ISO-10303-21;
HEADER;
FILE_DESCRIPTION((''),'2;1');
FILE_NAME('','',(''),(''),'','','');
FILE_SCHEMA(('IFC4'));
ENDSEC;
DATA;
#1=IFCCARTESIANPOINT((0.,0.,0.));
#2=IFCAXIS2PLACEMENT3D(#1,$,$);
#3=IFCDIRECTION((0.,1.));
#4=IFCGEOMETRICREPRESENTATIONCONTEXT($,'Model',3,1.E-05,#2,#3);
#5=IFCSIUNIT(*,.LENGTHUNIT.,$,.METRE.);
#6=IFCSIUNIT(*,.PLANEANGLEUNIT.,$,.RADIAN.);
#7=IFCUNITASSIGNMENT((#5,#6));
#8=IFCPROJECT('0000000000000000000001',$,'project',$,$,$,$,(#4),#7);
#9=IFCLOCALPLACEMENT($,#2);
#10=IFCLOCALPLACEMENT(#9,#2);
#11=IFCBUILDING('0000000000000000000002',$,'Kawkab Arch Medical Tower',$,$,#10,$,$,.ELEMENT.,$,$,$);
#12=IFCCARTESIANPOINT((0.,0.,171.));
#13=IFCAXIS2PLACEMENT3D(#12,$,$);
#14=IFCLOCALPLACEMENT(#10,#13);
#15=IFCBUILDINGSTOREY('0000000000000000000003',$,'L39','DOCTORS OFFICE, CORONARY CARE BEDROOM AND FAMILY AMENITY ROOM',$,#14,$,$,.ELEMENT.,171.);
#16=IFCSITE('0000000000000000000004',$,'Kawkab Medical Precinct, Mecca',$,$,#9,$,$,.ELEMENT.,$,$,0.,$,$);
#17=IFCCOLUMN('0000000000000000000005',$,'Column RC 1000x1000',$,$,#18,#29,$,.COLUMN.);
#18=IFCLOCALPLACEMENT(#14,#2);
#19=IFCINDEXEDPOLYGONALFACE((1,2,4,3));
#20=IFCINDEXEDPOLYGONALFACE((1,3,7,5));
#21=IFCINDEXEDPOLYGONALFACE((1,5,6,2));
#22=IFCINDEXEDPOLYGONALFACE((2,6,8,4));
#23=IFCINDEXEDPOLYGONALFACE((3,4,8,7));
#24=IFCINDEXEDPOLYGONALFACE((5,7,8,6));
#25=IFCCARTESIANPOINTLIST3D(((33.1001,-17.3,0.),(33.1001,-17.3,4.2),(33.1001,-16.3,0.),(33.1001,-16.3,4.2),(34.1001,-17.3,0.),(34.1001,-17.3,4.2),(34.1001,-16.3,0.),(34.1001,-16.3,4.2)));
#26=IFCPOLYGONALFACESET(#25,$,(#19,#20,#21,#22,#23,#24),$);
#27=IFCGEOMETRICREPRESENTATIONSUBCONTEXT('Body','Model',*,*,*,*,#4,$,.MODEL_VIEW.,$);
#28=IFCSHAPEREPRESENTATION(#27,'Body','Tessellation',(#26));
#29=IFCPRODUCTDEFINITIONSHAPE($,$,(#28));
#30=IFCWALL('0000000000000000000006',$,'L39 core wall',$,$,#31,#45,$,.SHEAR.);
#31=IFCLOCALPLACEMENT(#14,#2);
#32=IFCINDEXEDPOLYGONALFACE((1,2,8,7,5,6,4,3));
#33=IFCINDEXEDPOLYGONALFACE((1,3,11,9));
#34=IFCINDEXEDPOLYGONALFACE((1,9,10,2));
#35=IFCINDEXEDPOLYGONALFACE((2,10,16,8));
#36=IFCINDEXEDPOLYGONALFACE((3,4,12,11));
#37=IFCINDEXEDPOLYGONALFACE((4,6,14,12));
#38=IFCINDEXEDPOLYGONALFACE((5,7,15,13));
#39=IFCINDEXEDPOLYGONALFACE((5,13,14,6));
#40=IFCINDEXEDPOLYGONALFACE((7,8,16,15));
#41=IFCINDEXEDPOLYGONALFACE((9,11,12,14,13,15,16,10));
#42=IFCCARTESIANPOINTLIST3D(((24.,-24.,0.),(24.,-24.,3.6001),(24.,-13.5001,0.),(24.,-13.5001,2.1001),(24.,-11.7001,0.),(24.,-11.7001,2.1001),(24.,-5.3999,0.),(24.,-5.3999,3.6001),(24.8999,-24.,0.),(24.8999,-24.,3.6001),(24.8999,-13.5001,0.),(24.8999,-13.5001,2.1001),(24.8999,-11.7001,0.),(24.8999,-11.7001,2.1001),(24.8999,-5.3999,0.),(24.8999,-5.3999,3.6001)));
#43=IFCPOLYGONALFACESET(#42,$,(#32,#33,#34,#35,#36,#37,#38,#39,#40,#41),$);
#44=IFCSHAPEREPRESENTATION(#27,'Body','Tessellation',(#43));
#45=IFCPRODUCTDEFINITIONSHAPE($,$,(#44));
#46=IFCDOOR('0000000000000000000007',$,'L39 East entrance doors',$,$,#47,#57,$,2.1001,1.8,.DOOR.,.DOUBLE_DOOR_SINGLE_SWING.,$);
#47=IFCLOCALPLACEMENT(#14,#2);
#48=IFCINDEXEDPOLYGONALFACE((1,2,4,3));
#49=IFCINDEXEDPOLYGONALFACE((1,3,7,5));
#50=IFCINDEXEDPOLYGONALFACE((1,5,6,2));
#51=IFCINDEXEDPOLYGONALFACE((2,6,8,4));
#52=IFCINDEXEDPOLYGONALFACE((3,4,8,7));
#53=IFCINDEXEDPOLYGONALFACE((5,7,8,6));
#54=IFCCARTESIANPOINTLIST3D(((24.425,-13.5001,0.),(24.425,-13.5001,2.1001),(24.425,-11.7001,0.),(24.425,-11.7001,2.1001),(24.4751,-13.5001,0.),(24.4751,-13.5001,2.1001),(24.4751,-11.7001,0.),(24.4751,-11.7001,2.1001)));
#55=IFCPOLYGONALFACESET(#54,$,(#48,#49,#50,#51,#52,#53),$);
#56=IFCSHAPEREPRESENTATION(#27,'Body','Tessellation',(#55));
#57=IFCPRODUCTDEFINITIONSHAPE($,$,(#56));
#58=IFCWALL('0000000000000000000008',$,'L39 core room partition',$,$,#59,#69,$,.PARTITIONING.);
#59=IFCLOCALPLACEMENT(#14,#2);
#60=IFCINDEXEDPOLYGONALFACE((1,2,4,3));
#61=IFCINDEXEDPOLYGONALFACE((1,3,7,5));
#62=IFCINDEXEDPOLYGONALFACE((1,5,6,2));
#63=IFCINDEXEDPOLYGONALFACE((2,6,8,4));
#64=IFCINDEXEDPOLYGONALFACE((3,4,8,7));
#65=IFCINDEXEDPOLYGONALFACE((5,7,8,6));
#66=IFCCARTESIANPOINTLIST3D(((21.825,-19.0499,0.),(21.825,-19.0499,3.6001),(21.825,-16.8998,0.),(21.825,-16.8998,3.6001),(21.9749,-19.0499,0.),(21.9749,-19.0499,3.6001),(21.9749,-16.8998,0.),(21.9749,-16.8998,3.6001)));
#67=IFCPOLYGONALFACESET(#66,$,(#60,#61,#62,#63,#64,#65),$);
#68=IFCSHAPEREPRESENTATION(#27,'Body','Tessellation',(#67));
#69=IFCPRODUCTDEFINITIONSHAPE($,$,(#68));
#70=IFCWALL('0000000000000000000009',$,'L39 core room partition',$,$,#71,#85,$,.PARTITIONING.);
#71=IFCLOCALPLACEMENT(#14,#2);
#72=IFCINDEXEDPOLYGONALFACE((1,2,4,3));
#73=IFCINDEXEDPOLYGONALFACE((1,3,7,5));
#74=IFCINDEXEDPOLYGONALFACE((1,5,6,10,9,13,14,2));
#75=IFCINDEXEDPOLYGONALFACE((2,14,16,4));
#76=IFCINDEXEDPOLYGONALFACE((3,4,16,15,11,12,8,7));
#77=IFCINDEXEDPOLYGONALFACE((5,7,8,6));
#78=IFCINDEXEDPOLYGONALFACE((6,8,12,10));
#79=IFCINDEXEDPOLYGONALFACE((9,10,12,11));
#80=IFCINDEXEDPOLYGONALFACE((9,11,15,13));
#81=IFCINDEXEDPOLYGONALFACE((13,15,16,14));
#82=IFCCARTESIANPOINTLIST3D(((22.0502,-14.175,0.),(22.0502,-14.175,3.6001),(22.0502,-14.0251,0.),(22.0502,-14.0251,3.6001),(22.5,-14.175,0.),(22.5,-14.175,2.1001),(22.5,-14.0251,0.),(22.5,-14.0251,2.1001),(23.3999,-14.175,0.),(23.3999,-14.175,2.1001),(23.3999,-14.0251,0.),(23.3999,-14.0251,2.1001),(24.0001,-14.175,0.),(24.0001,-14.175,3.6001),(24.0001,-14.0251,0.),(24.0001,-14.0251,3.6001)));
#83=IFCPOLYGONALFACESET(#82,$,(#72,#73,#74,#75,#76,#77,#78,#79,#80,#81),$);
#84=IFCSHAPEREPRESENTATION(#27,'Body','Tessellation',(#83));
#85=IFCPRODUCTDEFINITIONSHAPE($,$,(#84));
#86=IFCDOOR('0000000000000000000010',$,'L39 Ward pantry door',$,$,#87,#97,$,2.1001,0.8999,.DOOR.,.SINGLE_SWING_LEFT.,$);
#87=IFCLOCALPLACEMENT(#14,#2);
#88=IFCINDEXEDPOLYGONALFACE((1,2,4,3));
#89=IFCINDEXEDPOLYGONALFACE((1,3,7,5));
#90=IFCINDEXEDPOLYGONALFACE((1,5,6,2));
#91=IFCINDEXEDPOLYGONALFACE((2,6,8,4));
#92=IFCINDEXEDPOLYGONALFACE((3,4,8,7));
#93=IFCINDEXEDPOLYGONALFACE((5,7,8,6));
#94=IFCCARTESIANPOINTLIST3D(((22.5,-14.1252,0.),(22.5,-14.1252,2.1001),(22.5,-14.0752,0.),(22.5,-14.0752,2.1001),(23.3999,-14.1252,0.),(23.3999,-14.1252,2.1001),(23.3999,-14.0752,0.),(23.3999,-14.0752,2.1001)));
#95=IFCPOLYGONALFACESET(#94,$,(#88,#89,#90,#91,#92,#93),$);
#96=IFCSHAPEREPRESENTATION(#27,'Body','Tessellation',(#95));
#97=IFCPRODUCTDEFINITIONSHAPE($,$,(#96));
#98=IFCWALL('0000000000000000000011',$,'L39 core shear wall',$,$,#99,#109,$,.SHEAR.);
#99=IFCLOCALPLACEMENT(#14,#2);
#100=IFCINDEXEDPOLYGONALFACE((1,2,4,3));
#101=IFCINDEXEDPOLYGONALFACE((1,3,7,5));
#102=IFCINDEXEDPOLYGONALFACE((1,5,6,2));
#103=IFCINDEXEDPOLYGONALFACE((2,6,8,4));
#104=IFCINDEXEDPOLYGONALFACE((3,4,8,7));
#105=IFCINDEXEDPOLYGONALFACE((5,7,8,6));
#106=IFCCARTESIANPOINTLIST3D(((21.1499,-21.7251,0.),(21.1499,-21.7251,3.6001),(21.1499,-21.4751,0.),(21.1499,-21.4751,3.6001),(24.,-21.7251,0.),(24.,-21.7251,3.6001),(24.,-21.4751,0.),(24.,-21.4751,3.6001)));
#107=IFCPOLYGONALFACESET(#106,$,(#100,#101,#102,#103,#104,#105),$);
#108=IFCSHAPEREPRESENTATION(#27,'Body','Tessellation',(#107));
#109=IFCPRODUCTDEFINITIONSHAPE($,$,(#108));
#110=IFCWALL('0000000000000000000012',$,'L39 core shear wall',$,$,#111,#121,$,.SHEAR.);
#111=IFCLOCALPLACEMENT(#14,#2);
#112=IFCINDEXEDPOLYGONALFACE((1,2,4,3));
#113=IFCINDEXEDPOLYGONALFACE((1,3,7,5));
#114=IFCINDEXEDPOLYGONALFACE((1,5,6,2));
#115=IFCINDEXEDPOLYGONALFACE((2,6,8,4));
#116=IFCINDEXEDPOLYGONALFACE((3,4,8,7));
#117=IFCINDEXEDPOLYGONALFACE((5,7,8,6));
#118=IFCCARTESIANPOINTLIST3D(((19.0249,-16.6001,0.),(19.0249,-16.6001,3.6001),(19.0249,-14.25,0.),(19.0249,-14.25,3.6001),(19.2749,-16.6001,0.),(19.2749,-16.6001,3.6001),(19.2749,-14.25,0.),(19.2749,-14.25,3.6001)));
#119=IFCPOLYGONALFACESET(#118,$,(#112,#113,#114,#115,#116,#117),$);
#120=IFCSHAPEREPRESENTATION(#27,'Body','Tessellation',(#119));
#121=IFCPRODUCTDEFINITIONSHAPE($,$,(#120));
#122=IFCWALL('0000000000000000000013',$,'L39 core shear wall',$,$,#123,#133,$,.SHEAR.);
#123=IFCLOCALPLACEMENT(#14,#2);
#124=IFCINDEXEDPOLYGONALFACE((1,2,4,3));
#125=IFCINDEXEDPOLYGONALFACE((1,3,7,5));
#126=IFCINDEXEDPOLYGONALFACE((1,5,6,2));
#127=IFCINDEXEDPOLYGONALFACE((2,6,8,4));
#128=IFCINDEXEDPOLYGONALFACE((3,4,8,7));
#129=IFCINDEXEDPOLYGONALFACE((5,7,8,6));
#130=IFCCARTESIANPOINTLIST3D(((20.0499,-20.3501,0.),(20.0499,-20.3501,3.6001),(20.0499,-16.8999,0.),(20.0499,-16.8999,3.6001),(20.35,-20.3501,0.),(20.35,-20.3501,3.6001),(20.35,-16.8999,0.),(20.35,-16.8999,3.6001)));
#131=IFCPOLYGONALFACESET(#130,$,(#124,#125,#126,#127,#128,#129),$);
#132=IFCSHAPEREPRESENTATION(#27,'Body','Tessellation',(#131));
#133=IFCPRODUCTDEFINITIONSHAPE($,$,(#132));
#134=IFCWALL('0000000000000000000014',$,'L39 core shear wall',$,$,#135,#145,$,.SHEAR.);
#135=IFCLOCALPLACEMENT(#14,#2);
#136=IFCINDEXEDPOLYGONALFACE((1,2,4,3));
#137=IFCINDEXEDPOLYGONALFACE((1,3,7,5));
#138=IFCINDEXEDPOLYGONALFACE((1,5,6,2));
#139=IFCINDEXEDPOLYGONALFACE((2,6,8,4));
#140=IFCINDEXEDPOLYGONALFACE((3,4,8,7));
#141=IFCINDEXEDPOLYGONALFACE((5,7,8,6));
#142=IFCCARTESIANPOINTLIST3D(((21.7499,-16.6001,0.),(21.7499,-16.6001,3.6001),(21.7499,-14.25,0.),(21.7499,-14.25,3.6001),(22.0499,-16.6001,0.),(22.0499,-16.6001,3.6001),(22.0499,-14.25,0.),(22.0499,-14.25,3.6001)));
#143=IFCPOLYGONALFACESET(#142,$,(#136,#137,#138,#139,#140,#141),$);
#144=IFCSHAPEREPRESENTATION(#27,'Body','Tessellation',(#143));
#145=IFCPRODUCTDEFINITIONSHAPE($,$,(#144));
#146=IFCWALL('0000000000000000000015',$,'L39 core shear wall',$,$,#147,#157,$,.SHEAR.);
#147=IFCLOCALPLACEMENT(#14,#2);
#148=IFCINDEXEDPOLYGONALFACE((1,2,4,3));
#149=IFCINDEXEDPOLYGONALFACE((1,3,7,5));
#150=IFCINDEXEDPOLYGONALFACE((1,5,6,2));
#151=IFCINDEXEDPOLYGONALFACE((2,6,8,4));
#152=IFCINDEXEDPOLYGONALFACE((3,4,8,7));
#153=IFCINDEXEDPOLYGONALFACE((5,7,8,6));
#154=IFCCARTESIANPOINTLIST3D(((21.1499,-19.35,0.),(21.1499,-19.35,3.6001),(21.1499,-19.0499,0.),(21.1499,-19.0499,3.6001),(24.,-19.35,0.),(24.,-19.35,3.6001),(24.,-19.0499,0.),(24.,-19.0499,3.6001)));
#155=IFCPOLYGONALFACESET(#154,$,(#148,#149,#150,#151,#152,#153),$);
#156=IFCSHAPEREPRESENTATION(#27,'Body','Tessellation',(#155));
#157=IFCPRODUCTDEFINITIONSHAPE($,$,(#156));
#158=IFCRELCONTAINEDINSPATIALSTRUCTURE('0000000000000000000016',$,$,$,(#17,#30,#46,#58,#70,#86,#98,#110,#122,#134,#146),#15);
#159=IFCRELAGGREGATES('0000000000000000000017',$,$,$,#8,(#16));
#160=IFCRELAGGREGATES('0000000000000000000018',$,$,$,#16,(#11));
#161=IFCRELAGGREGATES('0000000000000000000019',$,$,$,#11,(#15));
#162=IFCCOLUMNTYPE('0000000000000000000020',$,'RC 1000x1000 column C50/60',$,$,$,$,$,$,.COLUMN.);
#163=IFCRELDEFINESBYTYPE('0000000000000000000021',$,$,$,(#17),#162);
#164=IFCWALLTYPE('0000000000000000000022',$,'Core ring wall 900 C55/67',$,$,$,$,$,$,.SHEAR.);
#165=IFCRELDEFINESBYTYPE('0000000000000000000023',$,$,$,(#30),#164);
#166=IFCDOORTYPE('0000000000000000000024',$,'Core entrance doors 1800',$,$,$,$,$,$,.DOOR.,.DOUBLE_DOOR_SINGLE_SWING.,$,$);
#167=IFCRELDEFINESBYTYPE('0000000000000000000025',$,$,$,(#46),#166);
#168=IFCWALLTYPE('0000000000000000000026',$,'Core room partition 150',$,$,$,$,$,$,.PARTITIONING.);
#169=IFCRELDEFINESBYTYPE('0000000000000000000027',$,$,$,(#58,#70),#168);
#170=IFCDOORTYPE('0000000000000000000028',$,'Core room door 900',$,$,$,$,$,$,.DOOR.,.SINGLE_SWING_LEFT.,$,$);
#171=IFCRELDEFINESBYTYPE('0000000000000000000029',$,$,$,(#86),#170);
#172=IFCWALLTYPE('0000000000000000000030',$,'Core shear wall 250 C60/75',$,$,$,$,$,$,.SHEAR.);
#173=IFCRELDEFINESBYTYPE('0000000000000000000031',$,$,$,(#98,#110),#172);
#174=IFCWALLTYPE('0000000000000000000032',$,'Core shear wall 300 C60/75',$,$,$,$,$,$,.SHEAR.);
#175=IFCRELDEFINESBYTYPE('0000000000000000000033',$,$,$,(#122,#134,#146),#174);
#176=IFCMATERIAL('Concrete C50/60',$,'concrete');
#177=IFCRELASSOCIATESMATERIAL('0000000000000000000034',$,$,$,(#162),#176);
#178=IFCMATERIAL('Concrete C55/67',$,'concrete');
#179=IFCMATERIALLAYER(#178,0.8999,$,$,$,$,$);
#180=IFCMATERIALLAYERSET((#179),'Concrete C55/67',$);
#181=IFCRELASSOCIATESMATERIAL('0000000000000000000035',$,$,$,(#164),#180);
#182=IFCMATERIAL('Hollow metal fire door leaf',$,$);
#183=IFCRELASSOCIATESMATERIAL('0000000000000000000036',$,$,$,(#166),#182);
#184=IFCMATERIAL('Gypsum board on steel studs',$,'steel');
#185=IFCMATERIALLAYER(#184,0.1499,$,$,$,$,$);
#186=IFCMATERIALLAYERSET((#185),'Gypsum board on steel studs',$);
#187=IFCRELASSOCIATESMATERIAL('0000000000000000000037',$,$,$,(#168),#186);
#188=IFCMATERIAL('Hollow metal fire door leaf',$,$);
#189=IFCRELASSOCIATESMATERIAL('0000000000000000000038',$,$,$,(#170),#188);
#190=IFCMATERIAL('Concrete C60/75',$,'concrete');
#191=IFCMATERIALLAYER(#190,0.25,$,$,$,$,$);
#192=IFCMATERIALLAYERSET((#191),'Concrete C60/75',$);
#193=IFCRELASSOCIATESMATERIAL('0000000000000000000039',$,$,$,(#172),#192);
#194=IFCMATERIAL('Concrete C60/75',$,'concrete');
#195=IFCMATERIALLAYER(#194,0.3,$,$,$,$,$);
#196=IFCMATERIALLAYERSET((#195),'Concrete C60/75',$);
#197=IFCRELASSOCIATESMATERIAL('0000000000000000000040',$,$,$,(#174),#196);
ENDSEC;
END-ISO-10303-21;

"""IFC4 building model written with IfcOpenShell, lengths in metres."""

from ifc_helpers import new_model, si_unit, direction, frame, frame_2d, origin, origin_2d, place, context, subcontext, project, spatial, rectangle, extrude, material, layer, layer_set, material_profile, profile_set, type_object, element, fill, save


model = new_model("IFC4")

# Units and contexts
model_context = context("Model", 3, precision=1e-05, world=origin(), true_north=direction((0.0, 1.0)))
body_context = subcontext(model_context, "Body", "Model", "MODEL_VIEW")
ifc_project = project(units=[si_unit("LENGTHUNIT", "METRE"), si_unit("PLANEANGLEUNIT", "RADIAN")], contexts=[model_context])

# Site, building, storey
site_placement = place(None, origin())
site = spatial("IfcSite", under=ifc_project, at=site_placement, Name="Kawkab Medical Precinct, Mecca", CompositionType="ELEMENT", RefElevation=0.0)
building_placement = place(site_placement, origin())
building = spatial("IfcBuilding", under=site, at=building_placement, Name="Kawkab Arch Medical Tower", CompositionType="ELEMENT")
storey_placement = place(building_placement, frame((0.0, 0.0, 171.0)))
storey = spatial("IfcBuildingStorey", under=building, at=storey_placement, Name="L39", Description="DOCTORS OFFICE, CORONARY CARE BEDROOM AND FAMILY AMENITY ROOM", CompositionType="ELEMENT", Elevation=171.0)

# Column
ifc_material_1 = material(Name="Concrete C50/60", Category="concrete")
ifc_material_profile = material_profile(ifc_material_1, rectangle(XDim=1.0, YDim=1.0, at=origin_2d()), Name="RC 1000x1000")
ifc_profile_set = profile_set([ifc_material_profile], Name="Concrete C50/60")
column_type = type_object("IfcColumnType", Name="RC 1000x1000 column C50/60", PredefinedType="COLUMN", material=ifc_profile_set)
column_placement = place(storey_placement, frame((33.6001, -16.8, 0.0), z_axis=(0.0, 0.0, 1.0), x_axis=(1.0, 0.0, 0.0)))
element("IfcColumn", 1, at=column_placement, inside=storey, type_object=column_type, Name="Column RC 1000x1000", PredefinedType="COLUMN", context=body_context, shape_type="SweptSolid", body=[
    extrude(rectangle(XDim=1.0, YDim=1.0, at=origin_2d()), origin(), (0.0, 0.0, 1.0), 4.2),
])

# Wall, opening, door
ifc_material_2 = material(Name="Concrete C55/67", Category="concrete")
ifc_layer_1 = layer(ifc_material_2, 0.8999)
ifc_layer_set_1 = layer_set([ifc_layer_1], Name="Concrete C55/67")
wall_type_1 = type_object("IfcWallType", Name="Core ring wall 900 C55/67", PredefinedType="SHEAR", material=ifc_layer_set_1)
wall_1_placement = place(storey_placement, frame((24.45, -24.0, 0.0), z_axis=(0.0, 0.0, 1.0), x_axis=(0.0, 1.0, 0.0)))
wall_1 = element("IfcWall", 2, at=wall_1_placement, inside=storey, type_object=wall_type_1, Name="L39 core wall", PredefinedType="SHEAR", context=body_context, shape_type="SweptSolid", body=[
    extrude(rectangle(XDim=18.6001, YDim=0.8999, at=frame_2d((9.3, 0.0))), origin(), (0.0, 0.0, 1.0), 3.6001),
])
opening_1_placement = place(wall_1_placement, frame((10.5, 0.0, 0.0)))
opening_1 = element("IfcOpeningElement", 3, at=opening_1_placement, cuts=wall_1, PredefinedType="OPENING", context=body_context, shape_type="SweptSolid", body=[
    extrude(rectangle(XDim=1.8, YDim=2.1001, at=frame_2d((0.8999, 1.05))), frame((0.0, 0.46, 0.0), z_axis=(0.0, -1.0, 0.0), x_axis=(1.0, 0.0, 0.0)), (0.0, 0.0, 1.0), 0.9199),
])
ifc_material_3 = material(Name="Hollow metal fire door leaf")
door_type_1 = type_object("IfcDoorType", Name="Core entrance doors 1800", OperationType="DOUBLE_DOOR_SINGLE_SWING", PredefinedType="DOOR", material=ifc_material_3)
door_1_placement = place(opening_1_placement, origin())
door_1 = element("IfcDoor", 4, at=door_1_placement, inside=storey, type_object=door_type_1, Name="L39 East entrance doors", OperationType="DOUBLE_DOOR_SINGLE_SWING", OverallHeight=2.1001, OverallWidth=1.8, PredefinedType="DOOR", context=body_context, shape_type="SweptSolid", body=[
    extrude(rectangle(XDim=1.8, YDim=2.1001, at=frame_2d((0.8999, 1.05))), frame((0.0, 0.0249, 0.0), z_axis=(0.0, -1.0, 0.0), x_axis=(1.0, 0.0, 0.0)), (0.0, 0.0, 1.0), 0.05),
])
fill(opening_1, door_1)

# Wall
ifc_material_4 = material(Name="Gypsum board on steel studs", Category="steel")
ifc_layer_2 = layer(ifc_material_4, 0.1499)
ifc_layer_set_2 = layer_set([ifc_layer_2], Name="Gypsum board on steel studs")
wall_type_2 = type_object("IfcWallType", Name="Core room partition 150", PredefinedType="PARTITIONING", material=ifc_layer_set_2)
wall_2_placement = place(storey_placement, frame((21.8999, -19.05, 0.0), z_axis=(0.0, 0.0, 1.0), x_axis=(0.0, 1.0, 0.0)))
element("IfcWall", 5, at=wall_2_placement, inside=storey, type_object=wall_type_2, Name="L39 core room partition", PredefinedType="PARTITIONING", context=body_context, shape_type="SweptSolid", body=[
    extrude(rectangle(XDim=2.1501, YDim=0.1499, at=frame_2d((1.0752, 0.0))), origin(), (0.0, 0.0, 1.0), 3.6001),
])

# Wall, opening, door
wall_3_placement = place(storey_placement, frame((22.05, -14.1001, 0.0), z_axis=(0.0, 0.0, 1.0), x_axis=(1.0, 0.0, 0.0)))
wall_3 = element("IfcWall", 6, at=wall_3_placement, inside=storey, type_object=wall_type_2, Name="L39 core room partition", PredefinedType="PARTITIONING", context=body_context, shape_type="SweptSolid", body=[
    extrude(rectangle(XDim=1.95, YDim=0.1499, at=frame_2d((0.9751, 0.0))), origin(), (0.0, 0.0, 1.0), 3.6001),
])
opening_2_placement = place(wall_3_placement, frame((0.45, 0.0, 0.0)))
opening_2 = element("IfcOpeningElement", 7, at=opening_2_placement, cuts=wall_3, PredefinedType="OPENING", context=body_context, shape_type="SweptSolid", body=[
    extrude(rectangle(XDim=0.8999, YDim=2.1001, at=frame_2d((0.45, 1.05))), frame((0.0, 0.085, 0.0), z_axis=(0.0, -1.0, 0.0), x_axis=(1.0, 0.0, 0.0)), (0.0, 0.0, 1.0), 0.1699),
])
ifc_material_5 = material(Name="Hollow metal fire door leaf")
door_type_2 = type_object("IfcDoorType", Name="Core room door 900", OperationType="SINGLE_SWING_LEFT", PredefinedType="DOOR", material=ifc_material_5)
door_2_placement = place(opening_2_placement, origin())
door_2 = element("IfcDoor", 8, at=door_2_placement, inside=storey, type_object=door_type_2, Name="L39 Ward pantry door", OperationType="SINGLE_SWING_LEFT", OverallHeight=2.1001, OverallWidth=0.8999, PredefinedType="DOOR", context=body_context, shape_type="SweptSolid", body=[
    extrude(rectangle(XDim=0.8999, YDim=2.1001, at=frame_2d((0.45, 1.05))), frame((0.0, 0.0249, 0.0), z_axis=(0.0, -1.0, 0.0), x_axis=(1.0, 0.0, 0.0)), (0.0, 0.0, 1.0), 0.05),
])
fill(opening_2, door_2)

# Walls
ifc_material_6 = material(Name="Concrete C60/75", Category="concrete")
ifc_layer_3 = layer(ifc_material_6, 0.25)
ifc_layer_set_3 = layer_set([ifc_layer_3], Name="Concrete C60/75")
wall_type_3 = type_object("IfcWallType", Name="Core shear wall 250 C60/75", PredefinedType="SHEAR", material=ifc_layer_set_3)
wall_4_placement = place(storey_placement, frame((21.1499, -21.6001, 0.0), z_axis=(0.0, 0.0, 1.0), x_axis=(1.0, 0.0, 0.0)))
element("IfcWall", 9, at=wall_4_placement, inside=storey, type_object=wall_type_3, Name="L39 core shear wall", PredefinedType="SHEAR", context=body_context, shape_type="SweptSolid", body=[
    extrude(rectangle(XDim=2.8501, YDim=0.25, at=frame_2d((1.425, 0.0))), origin(), (0.0, 0.0, 1.0), 3.6001),
])
wall_5_placement = place(storey_placement, frame((19.1499, -16.6001, 0.0), z_axis=(0.0, 0.0, 1.0), x_axis=(0.0, 1.0, 0.0)))
element("IfcWall", 10, at=wall_5_placement, inside=storey, type_object=wall_type_3, Name="L39 core shear wall", PredefinedType="SHEAR", context=body_context, shape_type="SweptSolid", body=[
    extrude(rectangle(XDim=2.3501, YDim=0.25, at=frame_2d((1.175, 0.0))), origin(), (0.0, 0.0, 1.0), 3.6001),
])
ifc_material_7 = material(Name="Concrete C60/75", Category="concrete")
ifc_layer_4 = layer(ifc_material_7, 0.3)
ifc_layer_set_4 = layer_set([ifc_layer_4], Name="Concrete C60/75")
wall_type_4 = type_object("IfcWallType", Name="Core shear wall 300 C60/75", PredefinedType="SHEAR", material=ifc_layer_set_4)
wall_6_placement = place(storey_placement, frame((20.2, -20.3501, 0.0), z_axis=(0.0, 0.0, 1.0), x_axis=(0.0, 1.0, 0.0)))
element("IfcWall", 11, at=wall_6_placement, inside=storey, type_object=wall_type_4, Name="L39 core shear wall", PredefinedType="SHEAR", context=body_context, shape_type="SweptSolid", body=[
    extrude(rectangle(XDim=3.4502, YDim=0.3, at=frame_2d((1.7251, 0.0))), origin(), (0.0, 0.0, 1.0), 3.6001),
])
wall_7_placement = place(storey_placement, frame((21.8999, -16.6001, 0.0), z_axis=(0.0, 0.0, 1.0), x_axis=(0.0, 1.0, 0.0)))
element("IfcWall", 12, at=wall_7_placement, inside=storey, type_object=wall_type_4, Name="L39 core shear wall", PredefinedType="SHEAR", context=body_context, shape_type="SweptSolid", body=[
    extrude(rectangle(XDim=2.3501, YDim=0.3, at=frame_2d((1.175, 0.0))), origin(), (0.0, 0.0, 1.0), 3.6001),
])
wall_8_placement = place(storey_placement, frame((21.1499, -19.2, 0.0), z_axis=(0.0, 0.0, 1.0), x_axis=(1.0, 0.0, 0.0)))
element("IfcWall", 13, at=wall_8_placement, inside=storey, type_object=wall_type_4, Name="L39 core shear wall", PredefinedType="SHEAR", context=body_context, shape_type="SweptSolid", body=[
    extrude(rectangle(XDim=2.8501, YDim=0.3, at=frame_2d((1.425, 0.0))), origin(), (0.0, 0.0, 1.0), 3.6001),
])

save(model, "model.ifc")
